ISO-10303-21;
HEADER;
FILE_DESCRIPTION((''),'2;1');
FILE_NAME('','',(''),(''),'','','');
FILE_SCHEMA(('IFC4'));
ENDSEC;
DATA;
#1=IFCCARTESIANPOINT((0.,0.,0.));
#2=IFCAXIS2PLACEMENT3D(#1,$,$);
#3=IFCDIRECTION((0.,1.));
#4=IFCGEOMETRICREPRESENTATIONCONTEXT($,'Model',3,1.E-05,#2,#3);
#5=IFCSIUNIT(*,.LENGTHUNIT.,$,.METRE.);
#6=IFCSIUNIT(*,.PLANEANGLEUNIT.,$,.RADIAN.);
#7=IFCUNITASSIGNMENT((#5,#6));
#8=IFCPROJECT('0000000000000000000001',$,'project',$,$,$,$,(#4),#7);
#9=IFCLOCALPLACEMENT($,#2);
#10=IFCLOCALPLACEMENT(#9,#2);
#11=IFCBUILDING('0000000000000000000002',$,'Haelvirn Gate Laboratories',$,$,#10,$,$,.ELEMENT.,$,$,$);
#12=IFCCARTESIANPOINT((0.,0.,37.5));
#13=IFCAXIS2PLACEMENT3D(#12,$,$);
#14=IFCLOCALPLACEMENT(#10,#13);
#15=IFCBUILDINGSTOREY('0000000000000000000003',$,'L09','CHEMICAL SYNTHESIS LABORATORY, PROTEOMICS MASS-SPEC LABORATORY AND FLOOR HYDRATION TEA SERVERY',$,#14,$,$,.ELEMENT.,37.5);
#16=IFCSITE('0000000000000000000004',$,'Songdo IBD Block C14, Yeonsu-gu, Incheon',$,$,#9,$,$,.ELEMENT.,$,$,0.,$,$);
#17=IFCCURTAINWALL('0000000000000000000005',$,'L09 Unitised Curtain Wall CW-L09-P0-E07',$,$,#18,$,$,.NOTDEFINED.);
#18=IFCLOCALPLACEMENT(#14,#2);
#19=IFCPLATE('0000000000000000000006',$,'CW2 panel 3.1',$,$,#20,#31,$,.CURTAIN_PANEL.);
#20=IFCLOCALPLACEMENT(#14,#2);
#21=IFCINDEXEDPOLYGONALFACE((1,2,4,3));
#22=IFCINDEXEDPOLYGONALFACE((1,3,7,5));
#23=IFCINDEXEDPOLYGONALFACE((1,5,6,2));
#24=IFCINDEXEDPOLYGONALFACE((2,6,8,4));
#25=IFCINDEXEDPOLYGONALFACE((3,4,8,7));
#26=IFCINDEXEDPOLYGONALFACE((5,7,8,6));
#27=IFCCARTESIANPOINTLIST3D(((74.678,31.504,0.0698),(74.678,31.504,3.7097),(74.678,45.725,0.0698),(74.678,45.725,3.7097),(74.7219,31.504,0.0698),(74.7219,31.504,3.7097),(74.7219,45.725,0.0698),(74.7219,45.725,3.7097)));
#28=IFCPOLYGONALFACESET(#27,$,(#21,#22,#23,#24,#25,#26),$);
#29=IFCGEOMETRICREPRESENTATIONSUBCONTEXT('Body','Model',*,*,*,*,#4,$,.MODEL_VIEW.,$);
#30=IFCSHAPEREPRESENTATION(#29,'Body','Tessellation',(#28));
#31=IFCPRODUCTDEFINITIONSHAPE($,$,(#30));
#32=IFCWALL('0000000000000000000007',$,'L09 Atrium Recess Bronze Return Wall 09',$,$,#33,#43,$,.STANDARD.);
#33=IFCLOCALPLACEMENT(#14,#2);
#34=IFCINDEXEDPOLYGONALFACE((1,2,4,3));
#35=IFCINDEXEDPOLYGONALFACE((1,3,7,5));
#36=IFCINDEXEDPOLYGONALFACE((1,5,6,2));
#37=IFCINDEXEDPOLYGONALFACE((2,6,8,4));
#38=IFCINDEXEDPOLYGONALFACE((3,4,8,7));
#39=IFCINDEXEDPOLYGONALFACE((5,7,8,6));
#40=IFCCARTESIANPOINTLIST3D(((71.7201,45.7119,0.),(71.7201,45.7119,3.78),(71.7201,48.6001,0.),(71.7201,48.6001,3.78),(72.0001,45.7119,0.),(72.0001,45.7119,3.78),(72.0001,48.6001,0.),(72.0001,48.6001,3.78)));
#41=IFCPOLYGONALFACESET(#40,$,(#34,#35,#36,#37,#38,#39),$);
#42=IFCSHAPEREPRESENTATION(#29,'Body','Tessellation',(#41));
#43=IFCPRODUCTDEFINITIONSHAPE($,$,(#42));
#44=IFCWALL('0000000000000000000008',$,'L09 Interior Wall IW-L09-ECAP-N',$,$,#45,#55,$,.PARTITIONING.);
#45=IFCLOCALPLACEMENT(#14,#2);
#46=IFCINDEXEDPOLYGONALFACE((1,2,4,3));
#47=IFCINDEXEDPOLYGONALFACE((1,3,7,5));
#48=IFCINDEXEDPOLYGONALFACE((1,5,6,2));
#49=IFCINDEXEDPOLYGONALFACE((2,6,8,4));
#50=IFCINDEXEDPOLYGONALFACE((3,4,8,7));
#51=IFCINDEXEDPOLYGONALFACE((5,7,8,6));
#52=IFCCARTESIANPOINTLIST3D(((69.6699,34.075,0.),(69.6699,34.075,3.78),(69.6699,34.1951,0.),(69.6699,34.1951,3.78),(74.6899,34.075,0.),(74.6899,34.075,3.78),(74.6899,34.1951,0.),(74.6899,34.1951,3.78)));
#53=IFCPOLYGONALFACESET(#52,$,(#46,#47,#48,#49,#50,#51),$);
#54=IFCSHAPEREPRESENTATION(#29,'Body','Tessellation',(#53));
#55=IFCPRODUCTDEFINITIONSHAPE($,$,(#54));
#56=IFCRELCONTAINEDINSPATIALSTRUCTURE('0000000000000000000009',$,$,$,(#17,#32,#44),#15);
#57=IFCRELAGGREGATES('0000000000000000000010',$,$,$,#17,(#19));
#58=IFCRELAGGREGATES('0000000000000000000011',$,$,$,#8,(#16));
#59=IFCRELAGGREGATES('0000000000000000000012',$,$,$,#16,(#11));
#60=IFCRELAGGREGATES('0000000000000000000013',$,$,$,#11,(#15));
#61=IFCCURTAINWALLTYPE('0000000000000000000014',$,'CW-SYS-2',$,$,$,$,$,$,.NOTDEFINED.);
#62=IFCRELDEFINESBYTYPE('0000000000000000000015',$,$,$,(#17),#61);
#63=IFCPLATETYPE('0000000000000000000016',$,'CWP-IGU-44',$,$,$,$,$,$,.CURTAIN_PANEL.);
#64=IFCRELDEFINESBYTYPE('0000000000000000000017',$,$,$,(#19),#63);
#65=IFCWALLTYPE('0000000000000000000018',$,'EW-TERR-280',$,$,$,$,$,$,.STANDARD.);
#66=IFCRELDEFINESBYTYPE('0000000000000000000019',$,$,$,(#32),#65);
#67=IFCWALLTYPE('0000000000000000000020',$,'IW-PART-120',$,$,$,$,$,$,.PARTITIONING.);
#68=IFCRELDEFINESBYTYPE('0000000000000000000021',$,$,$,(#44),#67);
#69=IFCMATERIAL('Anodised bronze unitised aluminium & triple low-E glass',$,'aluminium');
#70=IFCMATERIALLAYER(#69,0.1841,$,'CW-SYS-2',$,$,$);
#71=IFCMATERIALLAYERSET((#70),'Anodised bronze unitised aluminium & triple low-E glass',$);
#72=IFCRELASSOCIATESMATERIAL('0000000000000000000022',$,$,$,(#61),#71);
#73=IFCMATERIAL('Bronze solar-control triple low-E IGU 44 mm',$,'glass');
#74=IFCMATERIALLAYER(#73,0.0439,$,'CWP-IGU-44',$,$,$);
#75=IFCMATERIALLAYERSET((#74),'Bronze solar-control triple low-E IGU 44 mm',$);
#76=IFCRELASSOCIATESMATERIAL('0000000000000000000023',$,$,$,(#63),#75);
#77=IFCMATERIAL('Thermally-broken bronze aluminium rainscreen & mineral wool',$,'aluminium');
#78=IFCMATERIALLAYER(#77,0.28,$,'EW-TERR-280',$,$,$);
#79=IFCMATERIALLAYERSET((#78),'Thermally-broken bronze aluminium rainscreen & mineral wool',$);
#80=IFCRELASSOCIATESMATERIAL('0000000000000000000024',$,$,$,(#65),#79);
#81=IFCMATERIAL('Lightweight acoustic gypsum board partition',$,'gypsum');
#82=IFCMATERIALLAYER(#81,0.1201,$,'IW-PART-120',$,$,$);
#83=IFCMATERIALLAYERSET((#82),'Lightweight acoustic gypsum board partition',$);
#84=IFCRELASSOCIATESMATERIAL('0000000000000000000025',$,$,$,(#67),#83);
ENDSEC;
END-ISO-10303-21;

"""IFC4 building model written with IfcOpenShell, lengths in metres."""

from ifc_helpers import new_model, si_unit, direction, frame, frame_2d, origin, origin_2d, place, context, subcontext, project, spatial, rectangle, extrude, source, transform, mapped, material, layer, layer_set, type_object, element, aggregate, save


model = new_model("IFC4")

# Units and contexts
model_context = context("Model", 3, precision=1e-05, world=origin(), true_north=direction((0.0, 1.0)))
body_context = subcontext(model_context, "Body", "Model", "MODEL_VIEW")
ifc_project = project(units=[si_unit("LENGTHUNIT", "METRE"), si_unit("PLANEANGLEUNIT", "RADIAN")], contexts=[model_context])

# Site, building, storey
site_placement = place(None, origin())
site = spatial("IfcSite", under=ifc_project, at=site_placement, Name="Songdo IBD Block C14, Yeonsu-gu, Incheon", CompositionType="ELEMENT", RefElevation=0.0)
building_placement = place(site_placement, origin())
building = spatial("IfcBuilding", under=site, at=building_placement, Name="Haelvirn Gate Laboratories", CompositionType="ELEMENT")
storey_placement = place(building_placement, frame((0.0, 0.0, 37.5)))
storey = spatial("IfcBuildingStorey", under=building, at=storey_placement, Name="L09", Description="CHEMICAL SYNTHESIS LABORATORY, PROTEOMICS MASS-SPEC LABORATORY AND FLOOR HYDRATION TEA SERVERY", CompositionType="ELEMENT", Elevation=37.5)

# Curtain wall
ifc_material_1 = material(Name="Anodised bronze unitised aluminium & triple low-E glass", Category="aluminium")
ifc_layer_1 = layer(ifc_material_1, 0.1841, Name="CW-SYS-2")
ifc_layer_set_1 = layer_set([ifc_layer_1], Name="Anodised bronze unitised aluminium & triple low-E glass")
curtain_wall_type_1 = type_object("IfcCurtainWallType", Name="CW-SYS-2", PredefinedType="NOTDEFINED", material=ifc_layer_set_1)
curtain_wall_1_placement = place(storey_placement, origin())
curtain_wall_1 = element("IfcCurtainWall", 1, at=curtain_wall_1_placement, inside=storey, type_object=curtain_wall_type_1, Name="L09 Unitised Curtain Wall CW-L09-P0-E07", PredefinedType="NOTDEFINED")

# Plate
ifc_material_2 = material(Name="Bronze solar-control triple low-E IGU 44 mm", Category="glass")
ifc_layer_2 = layer(ifc_material_2, 0.0439, Name="CWP-IGU-44")
ifc_layer_set_2 = layer_set([ifc_layer_2], Name="Bronze solar-control triple low-E IGU 44 mm")
plate_type_1 = type_object("IfcPlateType", Name="CWP-IGU-44", PredefinedType="CURTAIN_PANEL", material=ifc_layer_set_2)
shared_shape_1 = source(origin(), body_context, "Body", "SweptSolid", [
    extrude(rectangle(XDim=14.2209, YDim=0.0439, at=origin_2d()), origin(), (0.0, 0.0, 1.0), 3.6399),
])
plate_1_placement = place(storey_placement, frame((74.7, 38.6145, 0.0698), z_axis=(0.0, 0.0, 1.0), x_axis=(0.0, 1.0, 0.0)))
plate_1 = element("IfcPlate", 2, at=plate_1_placement, type_object=plate_type_1, Name="CW2 panel 3.1", PredefinedType="CURTAIN_PANEL", context=body_context, shape_type="MappedRepresentation", body=[
    mapped(shared_shape_1, transform((0.0, 0.0, 0.0), scale=1.0)),
])
aggregate(curtain_wall_1, [plate_1])

# Walls
ifc_material_3 = material(Name="Thermally-broken bronze aluminium rainscreen & mineral wool", Category="aluminium")
ifc_layer_3 = layer(ifc_material_3, 0.28, Name="EW-TERR-280")
ifc_layer_set_3 = layer_set([ifc_layer_3], Name="Thermally-broken bronze aluminium rainscreen & mineral wool")
wall_type_1 = type_object("IfcWallType", Name="EW-TERR-280", PredefinedType="STANDARD", material=ifc_layer_set_3)
wall_1_placement = place(storey_placement, frame((71.8601, 45.7119, 0.0), z_axis=(0.0, 0.0, 1.0), x_axis=(0.0, 1.0, 0.0)))
element("IfcWall", 3, at=wall_1_placement, inside=storey, type_object=wall_type_1, Name="L09 Atrium Recess Bronze Return Wall 09", PredefinedType="STANDARD", context=body_context, shape_type="SweptSolid", body=[
    extrude(rectangle(XDim=2.8882, YDim=0.28, at=frame_2d((1.4441, 0.0))), origin(), (0.0, 0.0, 1.0), 3.78),
])
ifc_material_4 = material(Name="Lightweight acoustic gypsum board partition", Category="gypsum")
ifc_layer_4 = layer(ifc_material_4, 0.1201, Name="IW-PART-120")
ifc_layer_set_4 = layer_set([ifc_layer_4], Name="Lightweight acoustic gypsum board partition")
wall_type_2 = type_object("IfcWallType", Name="IW-PART-120", PredefinedType="PARTITIONING", material=ifc_layer_set_4)
wall_2_placement = place(storey_placement, frame((69.6699, 34.135, 0.0), z_axis=(0.0, 0.0, 1.0), x_axis=(1.0, 0.0, 0.0)))
element("IfcWall", 4, at=wall_2_placement, inside=storey, type_object=wall_type_2, Name="L09 Interior Wall IW-L09-ECAP-N", PredefinedType="PARTITIONING", context=body_context, shape_type="SweptSolid", body=[
    extrude(rectangle(XDim=5.02, YDim=0.1201, at=frame_2d((2.51, 0.0))), origin(), (0.0, 0.0, 1.0), 3.78),
])

save(model, "model.ifc")
